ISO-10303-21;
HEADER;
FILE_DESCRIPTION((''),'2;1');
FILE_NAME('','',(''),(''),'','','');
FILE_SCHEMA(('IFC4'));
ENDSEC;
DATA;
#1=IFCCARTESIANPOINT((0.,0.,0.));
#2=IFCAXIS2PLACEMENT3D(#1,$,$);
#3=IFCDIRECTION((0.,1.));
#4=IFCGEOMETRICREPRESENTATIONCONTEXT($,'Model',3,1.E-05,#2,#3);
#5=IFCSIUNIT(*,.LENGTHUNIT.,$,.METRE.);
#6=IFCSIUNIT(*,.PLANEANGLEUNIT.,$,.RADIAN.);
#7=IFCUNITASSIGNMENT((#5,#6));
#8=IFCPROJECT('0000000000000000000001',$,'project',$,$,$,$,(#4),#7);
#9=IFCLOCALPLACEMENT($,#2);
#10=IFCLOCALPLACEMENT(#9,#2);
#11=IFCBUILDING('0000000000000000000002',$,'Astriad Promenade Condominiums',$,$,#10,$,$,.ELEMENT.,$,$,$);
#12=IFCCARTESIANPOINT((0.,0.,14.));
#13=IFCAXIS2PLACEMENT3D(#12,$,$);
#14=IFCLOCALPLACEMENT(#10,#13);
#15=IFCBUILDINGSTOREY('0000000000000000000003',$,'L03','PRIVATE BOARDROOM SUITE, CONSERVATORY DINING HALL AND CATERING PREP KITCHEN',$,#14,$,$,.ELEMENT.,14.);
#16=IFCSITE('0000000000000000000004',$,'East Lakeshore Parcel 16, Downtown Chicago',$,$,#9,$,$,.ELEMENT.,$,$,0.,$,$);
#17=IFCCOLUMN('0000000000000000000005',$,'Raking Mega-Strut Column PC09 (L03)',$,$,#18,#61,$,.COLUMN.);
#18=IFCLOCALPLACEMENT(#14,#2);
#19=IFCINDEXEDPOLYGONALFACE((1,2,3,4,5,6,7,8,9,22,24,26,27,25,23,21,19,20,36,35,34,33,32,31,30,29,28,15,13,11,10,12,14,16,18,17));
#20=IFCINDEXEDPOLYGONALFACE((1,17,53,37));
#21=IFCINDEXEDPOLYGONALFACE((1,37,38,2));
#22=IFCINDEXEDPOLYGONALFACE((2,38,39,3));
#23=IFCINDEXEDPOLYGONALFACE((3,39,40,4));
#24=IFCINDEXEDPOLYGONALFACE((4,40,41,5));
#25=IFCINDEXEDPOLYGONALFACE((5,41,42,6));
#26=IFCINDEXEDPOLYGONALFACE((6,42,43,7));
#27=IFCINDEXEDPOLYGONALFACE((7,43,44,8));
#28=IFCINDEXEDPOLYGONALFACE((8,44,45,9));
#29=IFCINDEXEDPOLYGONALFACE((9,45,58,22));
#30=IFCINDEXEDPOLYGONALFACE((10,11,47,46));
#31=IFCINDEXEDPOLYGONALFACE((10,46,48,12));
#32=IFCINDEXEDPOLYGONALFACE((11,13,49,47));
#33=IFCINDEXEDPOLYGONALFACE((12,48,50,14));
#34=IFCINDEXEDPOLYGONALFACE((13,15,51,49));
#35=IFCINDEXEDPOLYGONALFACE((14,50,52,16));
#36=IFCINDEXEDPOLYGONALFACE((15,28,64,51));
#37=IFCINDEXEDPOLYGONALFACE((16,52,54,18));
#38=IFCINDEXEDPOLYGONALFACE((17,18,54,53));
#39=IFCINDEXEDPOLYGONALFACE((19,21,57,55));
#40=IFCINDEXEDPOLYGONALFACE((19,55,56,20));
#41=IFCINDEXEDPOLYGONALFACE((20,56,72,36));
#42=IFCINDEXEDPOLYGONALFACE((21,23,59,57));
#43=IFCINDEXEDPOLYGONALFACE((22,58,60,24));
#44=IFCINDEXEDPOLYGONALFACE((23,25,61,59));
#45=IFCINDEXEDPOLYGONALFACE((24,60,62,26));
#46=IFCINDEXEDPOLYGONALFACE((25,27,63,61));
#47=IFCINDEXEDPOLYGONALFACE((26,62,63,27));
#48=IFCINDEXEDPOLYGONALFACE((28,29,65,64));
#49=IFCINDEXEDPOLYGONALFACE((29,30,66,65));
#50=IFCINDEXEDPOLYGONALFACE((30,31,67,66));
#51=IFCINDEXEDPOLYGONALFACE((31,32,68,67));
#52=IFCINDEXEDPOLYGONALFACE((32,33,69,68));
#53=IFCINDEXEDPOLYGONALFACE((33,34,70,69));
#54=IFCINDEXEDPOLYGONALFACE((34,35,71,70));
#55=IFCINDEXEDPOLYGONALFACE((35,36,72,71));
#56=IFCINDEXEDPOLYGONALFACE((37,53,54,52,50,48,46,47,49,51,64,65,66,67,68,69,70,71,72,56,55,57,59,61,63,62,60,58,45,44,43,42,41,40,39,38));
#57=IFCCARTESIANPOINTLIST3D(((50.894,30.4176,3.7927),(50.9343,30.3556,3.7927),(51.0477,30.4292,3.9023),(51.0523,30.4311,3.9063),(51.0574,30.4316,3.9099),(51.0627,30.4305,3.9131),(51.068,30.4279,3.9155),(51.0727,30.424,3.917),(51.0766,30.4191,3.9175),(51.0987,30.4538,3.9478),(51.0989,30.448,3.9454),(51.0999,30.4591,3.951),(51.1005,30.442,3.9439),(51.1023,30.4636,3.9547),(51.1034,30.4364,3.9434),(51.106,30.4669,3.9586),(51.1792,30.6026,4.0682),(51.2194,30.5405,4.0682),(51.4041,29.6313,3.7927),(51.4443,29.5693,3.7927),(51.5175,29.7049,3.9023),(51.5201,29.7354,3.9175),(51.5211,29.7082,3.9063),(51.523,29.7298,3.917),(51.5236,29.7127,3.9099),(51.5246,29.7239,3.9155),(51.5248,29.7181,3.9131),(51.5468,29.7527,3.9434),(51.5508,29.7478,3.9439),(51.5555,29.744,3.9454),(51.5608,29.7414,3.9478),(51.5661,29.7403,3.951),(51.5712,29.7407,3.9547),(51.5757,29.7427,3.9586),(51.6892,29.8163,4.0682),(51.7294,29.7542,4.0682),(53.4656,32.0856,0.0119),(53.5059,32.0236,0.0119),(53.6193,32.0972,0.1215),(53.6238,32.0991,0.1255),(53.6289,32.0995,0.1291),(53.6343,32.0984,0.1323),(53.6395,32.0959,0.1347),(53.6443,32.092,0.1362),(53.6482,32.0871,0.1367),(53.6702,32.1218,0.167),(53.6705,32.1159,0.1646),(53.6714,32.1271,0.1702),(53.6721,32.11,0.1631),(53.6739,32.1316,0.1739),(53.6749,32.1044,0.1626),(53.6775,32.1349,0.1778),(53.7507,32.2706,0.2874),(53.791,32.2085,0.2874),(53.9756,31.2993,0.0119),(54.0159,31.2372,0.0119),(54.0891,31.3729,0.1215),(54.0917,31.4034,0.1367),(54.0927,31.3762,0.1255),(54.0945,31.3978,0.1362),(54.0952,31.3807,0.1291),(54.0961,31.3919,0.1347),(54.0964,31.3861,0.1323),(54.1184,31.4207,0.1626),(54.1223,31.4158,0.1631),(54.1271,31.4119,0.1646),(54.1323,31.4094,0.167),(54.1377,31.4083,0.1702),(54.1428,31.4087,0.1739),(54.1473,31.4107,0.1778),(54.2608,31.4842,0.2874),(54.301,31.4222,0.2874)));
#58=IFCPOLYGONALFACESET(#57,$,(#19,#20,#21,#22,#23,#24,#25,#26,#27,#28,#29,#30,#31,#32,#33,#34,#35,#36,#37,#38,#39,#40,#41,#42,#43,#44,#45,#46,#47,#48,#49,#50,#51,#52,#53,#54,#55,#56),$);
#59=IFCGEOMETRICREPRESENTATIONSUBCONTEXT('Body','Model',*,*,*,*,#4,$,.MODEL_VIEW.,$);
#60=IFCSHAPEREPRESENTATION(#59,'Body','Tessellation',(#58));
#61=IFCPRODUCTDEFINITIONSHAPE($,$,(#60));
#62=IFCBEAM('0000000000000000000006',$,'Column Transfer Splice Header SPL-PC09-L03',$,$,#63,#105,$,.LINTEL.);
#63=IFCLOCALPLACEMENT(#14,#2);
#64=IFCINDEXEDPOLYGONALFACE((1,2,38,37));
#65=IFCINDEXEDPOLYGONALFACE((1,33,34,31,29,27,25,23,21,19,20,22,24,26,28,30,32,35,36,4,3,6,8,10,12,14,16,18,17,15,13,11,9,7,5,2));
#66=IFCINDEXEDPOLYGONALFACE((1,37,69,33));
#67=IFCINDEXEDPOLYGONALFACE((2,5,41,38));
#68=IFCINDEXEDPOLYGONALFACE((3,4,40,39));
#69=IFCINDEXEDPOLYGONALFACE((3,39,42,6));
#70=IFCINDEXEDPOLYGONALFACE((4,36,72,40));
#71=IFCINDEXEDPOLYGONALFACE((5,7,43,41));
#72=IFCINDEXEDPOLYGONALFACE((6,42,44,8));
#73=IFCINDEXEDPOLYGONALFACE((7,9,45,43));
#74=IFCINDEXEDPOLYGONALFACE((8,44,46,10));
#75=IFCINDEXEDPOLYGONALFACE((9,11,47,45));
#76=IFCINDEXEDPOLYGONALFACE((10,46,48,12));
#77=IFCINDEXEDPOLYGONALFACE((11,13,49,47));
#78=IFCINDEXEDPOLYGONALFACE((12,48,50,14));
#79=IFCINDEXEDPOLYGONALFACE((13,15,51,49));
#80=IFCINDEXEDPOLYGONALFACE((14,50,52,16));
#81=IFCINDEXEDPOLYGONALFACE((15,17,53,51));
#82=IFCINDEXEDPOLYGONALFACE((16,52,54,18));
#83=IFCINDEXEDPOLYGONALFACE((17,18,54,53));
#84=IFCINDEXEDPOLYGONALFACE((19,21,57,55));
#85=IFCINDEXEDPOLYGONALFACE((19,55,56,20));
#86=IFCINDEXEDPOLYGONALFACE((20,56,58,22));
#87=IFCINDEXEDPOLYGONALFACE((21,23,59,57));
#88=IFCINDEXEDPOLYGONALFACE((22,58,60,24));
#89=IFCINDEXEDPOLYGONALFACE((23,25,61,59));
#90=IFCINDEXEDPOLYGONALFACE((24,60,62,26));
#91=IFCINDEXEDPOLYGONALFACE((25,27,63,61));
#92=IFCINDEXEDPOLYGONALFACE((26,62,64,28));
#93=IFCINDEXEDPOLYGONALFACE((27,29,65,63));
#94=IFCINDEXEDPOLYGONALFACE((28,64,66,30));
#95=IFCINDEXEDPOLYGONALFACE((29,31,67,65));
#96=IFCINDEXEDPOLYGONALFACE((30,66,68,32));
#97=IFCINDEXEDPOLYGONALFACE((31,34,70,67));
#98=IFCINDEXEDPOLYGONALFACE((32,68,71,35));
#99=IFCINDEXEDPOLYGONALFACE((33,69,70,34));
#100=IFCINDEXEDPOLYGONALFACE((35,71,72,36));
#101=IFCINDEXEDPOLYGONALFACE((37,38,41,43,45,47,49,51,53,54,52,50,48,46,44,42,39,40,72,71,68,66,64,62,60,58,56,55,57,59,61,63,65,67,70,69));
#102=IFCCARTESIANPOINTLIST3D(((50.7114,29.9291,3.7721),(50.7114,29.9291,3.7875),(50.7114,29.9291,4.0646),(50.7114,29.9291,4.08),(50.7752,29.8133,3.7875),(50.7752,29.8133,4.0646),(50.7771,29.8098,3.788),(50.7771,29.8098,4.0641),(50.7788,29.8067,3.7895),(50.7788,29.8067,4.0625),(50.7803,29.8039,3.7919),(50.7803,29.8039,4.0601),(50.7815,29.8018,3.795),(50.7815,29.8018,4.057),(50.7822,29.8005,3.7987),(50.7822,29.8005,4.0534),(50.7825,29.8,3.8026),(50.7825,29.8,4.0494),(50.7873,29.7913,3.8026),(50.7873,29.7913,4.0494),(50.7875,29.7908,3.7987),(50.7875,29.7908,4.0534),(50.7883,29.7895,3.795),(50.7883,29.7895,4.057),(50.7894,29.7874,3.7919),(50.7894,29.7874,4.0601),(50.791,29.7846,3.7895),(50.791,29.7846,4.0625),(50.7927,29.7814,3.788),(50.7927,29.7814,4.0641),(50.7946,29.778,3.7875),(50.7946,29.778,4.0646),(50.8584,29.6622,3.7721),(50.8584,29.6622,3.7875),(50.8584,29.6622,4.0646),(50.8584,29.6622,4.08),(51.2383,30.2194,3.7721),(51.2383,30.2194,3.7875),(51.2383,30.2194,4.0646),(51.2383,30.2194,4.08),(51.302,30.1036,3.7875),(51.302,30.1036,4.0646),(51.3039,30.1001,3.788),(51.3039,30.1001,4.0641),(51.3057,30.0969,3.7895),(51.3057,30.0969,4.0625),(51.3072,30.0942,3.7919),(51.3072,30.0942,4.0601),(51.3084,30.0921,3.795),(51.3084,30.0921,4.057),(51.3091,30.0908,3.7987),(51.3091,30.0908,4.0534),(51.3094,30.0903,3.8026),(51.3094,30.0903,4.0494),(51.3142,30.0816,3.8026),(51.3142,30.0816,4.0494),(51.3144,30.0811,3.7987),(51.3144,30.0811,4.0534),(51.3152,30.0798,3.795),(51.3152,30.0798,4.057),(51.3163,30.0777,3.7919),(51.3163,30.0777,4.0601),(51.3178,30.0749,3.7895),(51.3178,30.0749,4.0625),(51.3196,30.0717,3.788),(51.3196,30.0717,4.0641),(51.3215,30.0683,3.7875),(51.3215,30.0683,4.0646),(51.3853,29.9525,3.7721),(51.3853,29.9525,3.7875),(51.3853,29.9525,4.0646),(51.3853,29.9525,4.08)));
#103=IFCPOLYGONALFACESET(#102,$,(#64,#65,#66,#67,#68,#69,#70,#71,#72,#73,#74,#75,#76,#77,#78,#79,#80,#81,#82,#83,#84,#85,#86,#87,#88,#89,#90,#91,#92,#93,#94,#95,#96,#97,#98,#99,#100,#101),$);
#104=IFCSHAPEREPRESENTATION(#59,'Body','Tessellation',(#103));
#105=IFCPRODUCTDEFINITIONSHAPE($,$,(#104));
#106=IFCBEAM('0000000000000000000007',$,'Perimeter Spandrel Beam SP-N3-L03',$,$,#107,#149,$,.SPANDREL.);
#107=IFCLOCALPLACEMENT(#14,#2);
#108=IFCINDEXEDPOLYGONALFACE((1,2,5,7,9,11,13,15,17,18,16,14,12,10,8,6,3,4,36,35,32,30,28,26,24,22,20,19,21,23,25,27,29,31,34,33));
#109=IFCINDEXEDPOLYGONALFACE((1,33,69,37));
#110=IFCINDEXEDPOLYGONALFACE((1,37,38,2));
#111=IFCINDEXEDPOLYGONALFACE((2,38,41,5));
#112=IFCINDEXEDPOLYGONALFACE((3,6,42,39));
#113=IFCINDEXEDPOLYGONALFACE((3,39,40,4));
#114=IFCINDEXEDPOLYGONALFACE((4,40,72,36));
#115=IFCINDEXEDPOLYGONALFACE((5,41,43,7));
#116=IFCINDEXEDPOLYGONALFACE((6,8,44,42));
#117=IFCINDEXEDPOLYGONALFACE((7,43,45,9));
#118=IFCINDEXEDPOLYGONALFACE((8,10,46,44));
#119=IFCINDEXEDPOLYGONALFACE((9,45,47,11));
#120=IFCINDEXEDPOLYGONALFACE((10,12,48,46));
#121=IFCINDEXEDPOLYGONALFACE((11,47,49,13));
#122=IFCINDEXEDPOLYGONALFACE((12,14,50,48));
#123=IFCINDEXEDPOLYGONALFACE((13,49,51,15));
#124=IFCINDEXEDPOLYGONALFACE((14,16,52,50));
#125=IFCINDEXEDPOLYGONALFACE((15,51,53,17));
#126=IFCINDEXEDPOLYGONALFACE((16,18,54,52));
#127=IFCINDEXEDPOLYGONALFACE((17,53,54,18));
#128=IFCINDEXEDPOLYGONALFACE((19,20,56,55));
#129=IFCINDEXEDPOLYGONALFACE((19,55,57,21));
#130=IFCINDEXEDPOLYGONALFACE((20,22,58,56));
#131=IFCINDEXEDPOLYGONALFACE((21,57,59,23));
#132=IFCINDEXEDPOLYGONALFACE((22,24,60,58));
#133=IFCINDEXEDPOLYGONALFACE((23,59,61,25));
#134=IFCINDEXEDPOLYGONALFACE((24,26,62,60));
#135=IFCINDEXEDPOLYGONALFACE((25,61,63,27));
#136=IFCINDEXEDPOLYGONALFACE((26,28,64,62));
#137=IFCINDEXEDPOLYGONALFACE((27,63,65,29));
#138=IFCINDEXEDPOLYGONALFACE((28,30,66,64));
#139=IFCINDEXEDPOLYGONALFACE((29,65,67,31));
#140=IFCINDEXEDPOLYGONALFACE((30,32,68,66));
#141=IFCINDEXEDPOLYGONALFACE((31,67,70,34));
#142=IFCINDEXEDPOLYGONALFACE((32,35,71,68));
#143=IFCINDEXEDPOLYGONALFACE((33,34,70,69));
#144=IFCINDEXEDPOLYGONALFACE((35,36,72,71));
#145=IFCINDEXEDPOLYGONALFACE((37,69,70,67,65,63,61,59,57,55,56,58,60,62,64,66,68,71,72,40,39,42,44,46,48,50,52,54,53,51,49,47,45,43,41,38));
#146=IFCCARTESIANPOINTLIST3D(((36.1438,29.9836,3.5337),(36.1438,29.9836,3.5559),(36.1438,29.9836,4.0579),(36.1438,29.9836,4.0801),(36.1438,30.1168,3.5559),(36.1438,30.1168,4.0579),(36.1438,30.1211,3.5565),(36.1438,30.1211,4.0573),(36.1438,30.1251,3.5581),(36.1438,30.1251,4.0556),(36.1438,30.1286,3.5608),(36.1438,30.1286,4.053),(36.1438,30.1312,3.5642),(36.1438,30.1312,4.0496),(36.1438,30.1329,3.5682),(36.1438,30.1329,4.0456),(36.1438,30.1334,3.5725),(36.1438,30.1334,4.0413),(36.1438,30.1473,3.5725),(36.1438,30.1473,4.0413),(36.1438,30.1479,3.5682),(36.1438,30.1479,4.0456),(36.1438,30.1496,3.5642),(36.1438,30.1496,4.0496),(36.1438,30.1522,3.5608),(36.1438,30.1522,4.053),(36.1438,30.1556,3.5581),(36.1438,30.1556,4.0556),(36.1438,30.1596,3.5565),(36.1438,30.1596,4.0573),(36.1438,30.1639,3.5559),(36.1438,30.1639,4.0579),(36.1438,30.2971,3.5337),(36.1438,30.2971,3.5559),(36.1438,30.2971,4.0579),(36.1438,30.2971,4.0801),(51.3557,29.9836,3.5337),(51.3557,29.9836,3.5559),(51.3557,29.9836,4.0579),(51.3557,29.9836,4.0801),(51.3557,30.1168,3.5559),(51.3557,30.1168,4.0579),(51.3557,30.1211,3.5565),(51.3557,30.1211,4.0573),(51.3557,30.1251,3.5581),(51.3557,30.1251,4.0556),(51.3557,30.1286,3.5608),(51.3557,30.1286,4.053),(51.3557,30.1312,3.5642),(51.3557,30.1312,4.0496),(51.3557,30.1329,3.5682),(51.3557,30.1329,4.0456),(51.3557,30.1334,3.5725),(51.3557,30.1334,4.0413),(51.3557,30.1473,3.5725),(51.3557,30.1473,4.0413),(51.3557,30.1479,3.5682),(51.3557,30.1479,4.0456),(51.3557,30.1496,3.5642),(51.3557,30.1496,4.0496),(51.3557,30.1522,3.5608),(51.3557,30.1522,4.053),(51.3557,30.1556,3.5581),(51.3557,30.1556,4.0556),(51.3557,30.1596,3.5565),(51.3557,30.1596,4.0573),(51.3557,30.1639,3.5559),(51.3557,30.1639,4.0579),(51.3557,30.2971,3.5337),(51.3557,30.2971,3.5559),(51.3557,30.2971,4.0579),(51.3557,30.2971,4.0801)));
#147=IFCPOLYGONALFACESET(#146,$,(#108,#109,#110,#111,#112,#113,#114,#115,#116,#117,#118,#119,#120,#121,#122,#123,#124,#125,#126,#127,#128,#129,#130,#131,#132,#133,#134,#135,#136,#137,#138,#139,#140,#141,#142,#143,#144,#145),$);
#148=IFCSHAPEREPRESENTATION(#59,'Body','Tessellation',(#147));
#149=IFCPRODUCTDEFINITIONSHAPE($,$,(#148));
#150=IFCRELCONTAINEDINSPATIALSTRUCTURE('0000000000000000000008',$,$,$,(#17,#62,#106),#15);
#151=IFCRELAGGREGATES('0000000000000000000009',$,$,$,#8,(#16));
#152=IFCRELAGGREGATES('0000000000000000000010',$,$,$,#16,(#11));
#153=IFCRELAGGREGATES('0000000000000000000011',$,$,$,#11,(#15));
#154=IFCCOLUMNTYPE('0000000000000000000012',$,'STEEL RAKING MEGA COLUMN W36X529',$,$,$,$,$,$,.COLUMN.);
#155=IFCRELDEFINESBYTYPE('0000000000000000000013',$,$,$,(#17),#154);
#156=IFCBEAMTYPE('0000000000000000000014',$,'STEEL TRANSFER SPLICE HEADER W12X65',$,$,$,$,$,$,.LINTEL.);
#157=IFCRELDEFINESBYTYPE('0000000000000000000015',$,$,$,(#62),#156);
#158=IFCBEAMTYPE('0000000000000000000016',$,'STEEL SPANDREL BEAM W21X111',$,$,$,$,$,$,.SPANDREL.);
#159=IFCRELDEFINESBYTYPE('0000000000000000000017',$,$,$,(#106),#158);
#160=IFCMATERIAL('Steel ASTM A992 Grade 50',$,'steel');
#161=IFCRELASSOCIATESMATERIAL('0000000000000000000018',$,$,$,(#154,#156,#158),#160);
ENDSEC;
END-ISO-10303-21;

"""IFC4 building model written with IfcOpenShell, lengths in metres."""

from ifc_helpers import new_model, si_unit, direction, frame, origin, origin_2d, place, context, subcontext, project, spatial, i_section, extrude, source, transform, mapped, material, material_profile, profile_set, type_object, type_shapes, element, save


model = new_model("IFC4")

# Units and contexts
model_context = context("Model", 3, precision=1e-05, world=origin(), true_north=direction((0.0, 1.0)))
body_context = subcontext(model_context, "Body", "Model", "MODEL_VIEW")
ifc_project = project(units=[si_unit("LENGTHUNIT", "METRE"), si_unit("PLANEANGLEUNIT", "RADIAN")], contexts=[model_context])

# Site, building, storey
site_placement = place(None, origin())
site = spatial("IfcSite", under=ifc_project, at=site_placement, Name="East Lakeshore Parcel 16, Downtown Chicago", CompositionType="ELEMENT", RefElevation=0.0)
building_placement = place(site_placement, origin())
building = spatial("IfcBuilding", under=site, at=building_placement, Name="Astriad Promenade Condominiums", CompositionType="ELEMENT")
storey_placement = place(building_placement, frame((0.0, 0.0, 14.0)))
storey = spatial("IfcBuildingStorey", under=building, at=storey_placement, Name="L03", Description="PRIVATE BOARDROOM SUITE, CONSERVATORY DINING HALL AND CATERING PREP KITCHEN", CompositionType="ELEMENT", Elevation=14.0)

# Column
ifc_material_1 = material(Name="Steel ASTM A992 Grade 50", Category="steel")
ifc_material_profile_1 = material_profile(ifc_material_1, i_section(OverallWidth=0.4375, OverallDepth=1.0112, WebThickness=0.041, FlangeThickness=0.074, FilletRadius=0.0242, at=origin_2d()), Name="W36X529")
ifc_profile_set_1 = profile_set([ifc_material_profile_1], Name="Steel ASTM A992 Grade 50")
column_type = type_object("IfcColumnType", Name="STEEL RAKING MEGA COLUMN W36X529", PredefinedType="COLUMN", material=ifc_profile_set_1)
shared_shape_1 = source(origin(), body_context, "Body", "SweptSolid", [
    extrude(i_section(OverallWidth=0.4375, OverallDepth=1.0112, WebThickness=0.041, FlangeThickness=0.074, FilletRadius=0.0242, at=origin_2d()), origin(), (0.0, 0.0, 1.0), 4.8672),
])
type_shapes(column_type, [shared_shape_1])
column_placement = place(storey_placement, frame((53.8833, 31.7539, 0.1497), z_axis=(-0.528346, -0.3427, 0.776793), x_axis=(0.651705, 0.422714, 0.629756)))
element("IfcColumn", 1, at=column_placement, inside=storey, type_object=column_type, Name="Raking Mega-Strut Column PC09 (L03)", PredefinedType="COLUMN", context=body_context, shape_type="MappedRepresentation", body=[
    mapped(shared_shape_1, transform((0.0, 0.0, 0.0), scale=1.0)),
])

# Beams
ifc_material_profile_2 = material_profile(ifc_material_1, i_section(OverallWidth=0.3047, OverallDepth=0.3079, WebThickness=0.01, FlangeThickness=0.0154, FilletRadius=0.0151, at=origin_2d()), Name="W12X65")
ifc_profile_set_2 = profile_set([ifc_material_profile_2], Name="Steel ASTM A992 Grade 50")
beam_type_1 = type_object("IfcBeamType", Name="STEEL TRANSFER SPLICE HEADER W12X65", PredefinedType="LINTEL", material=ifc_profile_set_2)
shared_shape_2 = source(origin(), body_context, "Body", "SweptSolid", [
    extrude(i_section(OverallWidth=0.3047, OverallDepth=0.3079, WebThickness=0.01, FlangeThickness=0.0154, FilletRadius=0.0151, at=origin_2d()), origin(), (0.0, 0.0, 1.0), 0.6016),
])
type_shapes(beam_type_1, [shared_shape_2])
beam_1_placement = place(storey_placement, frame((51.3118, 30.0859, 3.926), z_axis=(-0.875856, -0.482573, 0.0), x_axis=(0.482573, -0.875856, 0.0)))
element("IfcBeam", 2, at=beam_1_placement, inside=storey, type_object=beam_type_1, Name="Column Transfer Splice Header SPL-PC09-L03", PredefinedType="LINTEL", context=body_context, shape_type="MappedRepresentation", body=[
    mapped(shared_shape_2, transform((0.0, 0.0, 0.0), scale=1.0)),
])
ifc_material_profile_3 = material_profile(ifc_material_1, i_section(OverallWidth=0.3135, OverallDepth=0.5464, WebThickness=0.0139, FlangeThickness=0.0222, FilletRadius=0.0166, at=origin_2d()), Name="W21X111")
ifc_profile_set_3 = profile_set([ifc_material_profile_3], Name="Steel ASTM A992 Grade 50")
beam_type_2 = type_object("IfcBeamType", Name="STEEL SPANDREL BEAM W21X111", PredefinedType="SPANDREL", material=ifc_profile_set_3)
shared_shape_3 = source(origin(), body_context, "Body", "SweptSolid", [
    extrude(i_section(OverallWidth=0.3135, OverallDepth=0.5464, WebThickness=0.0139, FlangeThickness=0.0222, FilletRadius=0.0166, at=origin_2d()), origin(), (0.0, 0.0, 1.0), 15.2119),
])
type_shapes(beam_type_2, [shared_shape_3])
beam_2_placement = place(storey_placement, frame((51.3557, 30.1404, 3.8069), z_axis=(-1.0, 0.0, 0.0), x_axis=(0.0, -1.0, 0.0)))
element("IfcBeam", 3, at=beam_2_placement, inside=storey, type_object=beam_type_2, Name="Perimeter Spandrel Beam SP-N3-L03", PredefinedType="SPANDREL", context=body_context, shape_type="MappedRepresentation", body=[
    mapped(shared_shape_3, transform((0.0, 0.0, 0.0), scale=1.0)),
])

save(model, "model.ifc")
